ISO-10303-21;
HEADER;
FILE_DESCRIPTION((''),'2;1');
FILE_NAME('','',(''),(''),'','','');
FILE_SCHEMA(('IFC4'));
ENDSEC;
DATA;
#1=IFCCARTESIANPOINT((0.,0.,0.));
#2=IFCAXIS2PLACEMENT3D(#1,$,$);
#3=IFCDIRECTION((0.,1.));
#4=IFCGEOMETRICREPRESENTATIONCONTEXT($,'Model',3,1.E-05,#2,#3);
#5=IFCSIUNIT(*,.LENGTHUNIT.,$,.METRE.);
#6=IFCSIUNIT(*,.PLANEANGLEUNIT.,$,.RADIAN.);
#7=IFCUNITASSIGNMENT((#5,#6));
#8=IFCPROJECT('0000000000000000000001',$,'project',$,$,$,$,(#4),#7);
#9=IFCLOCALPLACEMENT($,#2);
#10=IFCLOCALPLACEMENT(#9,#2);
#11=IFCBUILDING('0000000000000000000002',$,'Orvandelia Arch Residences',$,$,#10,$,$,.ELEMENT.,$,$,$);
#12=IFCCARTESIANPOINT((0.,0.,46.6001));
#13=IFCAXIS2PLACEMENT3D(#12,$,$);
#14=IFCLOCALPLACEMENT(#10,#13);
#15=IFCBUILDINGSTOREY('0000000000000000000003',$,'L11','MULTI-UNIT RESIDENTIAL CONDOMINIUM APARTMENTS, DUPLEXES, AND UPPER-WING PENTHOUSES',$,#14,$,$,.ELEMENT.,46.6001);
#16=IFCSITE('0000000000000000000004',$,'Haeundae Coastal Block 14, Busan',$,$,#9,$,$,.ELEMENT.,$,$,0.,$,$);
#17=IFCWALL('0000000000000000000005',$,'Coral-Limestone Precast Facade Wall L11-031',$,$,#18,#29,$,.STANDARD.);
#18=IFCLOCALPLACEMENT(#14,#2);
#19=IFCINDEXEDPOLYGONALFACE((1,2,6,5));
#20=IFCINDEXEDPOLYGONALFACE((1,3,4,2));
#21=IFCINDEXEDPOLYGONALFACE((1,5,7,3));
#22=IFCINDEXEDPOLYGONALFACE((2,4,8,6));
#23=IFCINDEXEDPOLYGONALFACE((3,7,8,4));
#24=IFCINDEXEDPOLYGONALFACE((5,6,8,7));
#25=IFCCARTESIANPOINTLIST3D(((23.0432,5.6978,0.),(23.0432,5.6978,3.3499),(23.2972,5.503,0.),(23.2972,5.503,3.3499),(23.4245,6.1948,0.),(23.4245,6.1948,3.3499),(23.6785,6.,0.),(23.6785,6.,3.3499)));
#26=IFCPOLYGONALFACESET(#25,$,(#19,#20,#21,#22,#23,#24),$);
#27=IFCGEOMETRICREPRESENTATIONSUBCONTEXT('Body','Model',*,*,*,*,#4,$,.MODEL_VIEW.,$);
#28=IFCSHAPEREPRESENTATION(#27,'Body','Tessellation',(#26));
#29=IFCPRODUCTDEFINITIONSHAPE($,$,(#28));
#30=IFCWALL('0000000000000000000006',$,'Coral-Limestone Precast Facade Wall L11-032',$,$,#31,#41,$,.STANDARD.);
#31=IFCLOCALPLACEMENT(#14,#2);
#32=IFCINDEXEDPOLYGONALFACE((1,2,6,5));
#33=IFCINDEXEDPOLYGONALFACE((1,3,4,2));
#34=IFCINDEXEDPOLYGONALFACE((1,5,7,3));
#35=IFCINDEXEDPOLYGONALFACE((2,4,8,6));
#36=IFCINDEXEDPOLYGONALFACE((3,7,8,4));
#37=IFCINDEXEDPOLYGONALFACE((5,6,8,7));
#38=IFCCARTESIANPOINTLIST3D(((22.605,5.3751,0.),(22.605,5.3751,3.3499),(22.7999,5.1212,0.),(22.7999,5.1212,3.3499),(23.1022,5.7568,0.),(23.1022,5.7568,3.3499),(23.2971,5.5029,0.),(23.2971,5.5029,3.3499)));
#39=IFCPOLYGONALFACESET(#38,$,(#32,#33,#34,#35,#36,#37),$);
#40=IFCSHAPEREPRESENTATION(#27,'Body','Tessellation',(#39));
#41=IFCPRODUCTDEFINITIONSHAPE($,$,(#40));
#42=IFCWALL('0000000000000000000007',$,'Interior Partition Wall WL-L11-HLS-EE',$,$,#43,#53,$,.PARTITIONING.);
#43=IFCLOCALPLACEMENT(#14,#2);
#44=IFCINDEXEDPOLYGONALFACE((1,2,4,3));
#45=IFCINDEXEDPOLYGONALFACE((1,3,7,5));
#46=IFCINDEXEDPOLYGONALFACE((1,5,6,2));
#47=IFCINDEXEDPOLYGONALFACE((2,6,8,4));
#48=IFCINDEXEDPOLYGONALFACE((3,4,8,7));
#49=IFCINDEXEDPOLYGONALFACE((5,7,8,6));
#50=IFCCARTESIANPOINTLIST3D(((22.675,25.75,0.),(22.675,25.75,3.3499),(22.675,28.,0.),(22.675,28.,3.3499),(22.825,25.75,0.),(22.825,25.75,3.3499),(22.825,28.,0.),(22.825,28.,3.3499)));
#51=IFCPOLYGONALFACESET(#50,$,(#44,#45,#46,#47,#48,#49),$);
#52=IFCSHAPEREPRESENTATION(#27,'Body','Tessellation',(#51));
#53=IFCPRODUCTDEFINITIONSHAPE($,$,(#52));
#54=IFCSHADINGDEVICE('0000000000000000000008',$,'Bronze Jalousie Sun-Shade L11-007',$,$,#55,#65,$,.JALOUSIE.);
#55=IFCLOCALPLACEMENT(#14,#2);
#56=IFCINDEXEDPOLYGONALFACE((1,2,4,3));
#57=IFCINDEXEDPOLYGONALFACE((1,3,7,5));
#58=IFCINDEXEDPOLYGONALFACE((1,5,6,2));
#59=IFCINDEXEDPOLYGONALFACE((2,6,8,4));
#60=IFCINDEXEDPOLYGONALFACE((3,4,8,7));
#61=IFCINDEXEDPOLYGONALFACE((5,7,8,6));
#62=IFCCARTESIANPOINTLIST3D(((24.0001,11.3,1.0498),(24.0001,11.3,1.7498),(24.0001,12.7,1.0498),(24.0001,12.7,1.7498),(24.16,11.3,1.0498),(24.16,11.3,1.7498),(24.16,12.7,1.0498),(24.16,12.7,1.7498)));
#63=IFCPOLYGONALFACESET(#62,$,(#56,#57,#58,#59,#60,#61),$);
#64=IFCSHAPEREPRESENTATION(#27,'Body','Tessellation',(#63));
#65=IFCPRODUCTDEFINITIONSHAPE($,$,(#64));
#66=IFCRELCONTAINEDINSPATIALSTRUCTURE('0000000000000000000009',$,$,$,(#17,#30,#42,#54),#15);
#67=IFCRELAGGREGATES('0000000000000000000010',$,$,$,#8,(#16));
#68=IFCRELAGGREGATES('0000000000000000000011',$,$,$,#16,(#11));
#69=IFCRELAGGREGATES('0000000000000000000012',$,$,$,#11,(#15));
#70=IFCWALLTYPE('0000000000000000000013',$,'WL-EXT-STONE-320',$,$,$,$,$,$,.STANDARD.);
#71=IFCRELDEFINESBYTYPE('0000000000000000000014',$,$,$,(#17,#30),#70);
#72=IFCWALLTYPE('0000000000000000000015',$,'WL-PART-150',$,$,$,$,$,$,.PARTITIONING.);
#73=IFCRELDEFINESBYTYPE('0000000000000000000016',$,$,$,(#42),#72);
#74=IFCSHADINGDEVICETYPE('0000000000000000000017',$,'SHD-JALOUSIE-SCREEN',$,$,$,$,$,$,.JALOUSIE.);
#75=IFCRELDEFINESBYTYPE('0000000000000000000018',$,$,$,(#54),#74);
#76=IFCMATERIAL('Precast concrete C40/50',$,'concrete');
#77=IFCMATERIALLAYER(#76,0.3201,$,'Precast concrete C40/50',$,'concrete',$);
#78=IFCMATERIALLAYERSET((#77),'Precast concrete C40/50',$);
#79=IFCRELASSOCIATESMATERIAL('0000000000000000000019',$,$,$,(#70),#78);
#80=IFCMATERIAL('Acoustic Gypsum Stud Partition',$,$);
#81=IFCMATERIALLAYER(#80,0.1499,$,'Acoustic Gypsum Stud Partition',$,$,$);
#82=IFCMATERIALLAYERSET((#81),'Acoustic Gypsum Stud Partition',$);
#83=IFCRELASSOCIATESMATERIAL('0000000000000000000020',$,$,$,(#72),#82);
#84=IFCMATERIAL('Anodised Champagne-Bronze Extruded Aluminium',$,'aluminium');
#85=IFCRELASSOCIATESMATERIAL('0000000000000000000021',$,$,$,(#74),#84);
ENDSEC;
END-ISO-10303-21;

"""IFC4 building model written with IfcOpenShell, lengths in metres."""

from ifc_helpers import new_model, si_unit, direction, frame, frame_2d, origin, origin_2d, place, context, subcontext, project, spatial, rectangle, extrude, material, layer, layer_set, type_object, element, save


model = new_model("IFC4")

# Units and contexts
model_context = context("Model", 3, precision=1e-05, world=origin(), true_north=direction((0.0, 1.0)))
body_context = subcontext(model_context, "Body", "Model", "MODEL_VIEW")
ifc_project = project(units=[si_unit("LENGTHUNIT", "METRE"), si_unit("PLANEANGLEUNIT", "RADIAN")], contexts=[model_context])

# Site, building, storey
site_placement = place(None, origin())
site = spatial("IfcSite", under=ifc_project, at=site_placement, Name="Haeundae Coastal Block 14, Busan", CompositionType="ELEMENT", RefElevation=0.0)
building_placement = place(site_placement, origin())
building = spatial("IfcBuilding", under=site, at=building_placement, Name="Orvandelia Arch Residences", CompositionType="ELEMENT")
storey_placement = place(building_placement, frame((0.0, 0.0, 46.6001)))
storey = spatial("IfcBuildingStorey", under=building, at=storey_placement, Name="L11", Description="MULTI-UNIT RESIDENTIAL CONDOMINIUM APARTMENTS, DUPLEXES, AND UPPER-WING PENTHOUSES", CompositionType="ELEMENT", Elevation=46.6001)

# Shared definitions
ifc_material_1 = material(Name="Precast concrete C40/50", Category="concrete")
ifc_layer_1 = layer(ifc_material_1, 0.3201, Name="Precast concrete C40/50", Category="concrete")
ifc_layer_set_1 = layer_set([ifc_layer_1], Name="Precast concrete C40/50")
wall_type_1 = type_object("IfcWallType", Name="WL-EXT-STONE-320", PredefinedType="STANDARD", material=ifc_layer_set_1)

# Walls
wall_1_placement = place(storey_placement, frame((23.5515, 6.0974, 0.0), z_axis=(0.0, 0.0, 1.0), x_axis=(-0.608693, -0.793406, 0.0)))
element("IfcWall", 1, at=wall_1_placement, inside=storey, type_object=wall_type_1, Name="Coral-Limestone Precast Facade Wall L11-031", PredefinedType="STANDARD", context=body_context, shape_type="SweptSolid", body=[
    extrude(rectangle(XDim=0.6265, YDim=0.3201, at=frame_2d((0.3132, 0.0))), origin(), (0.0, 0.0, 1.0), 3.3499),
])
wall_2_placement = place(storey_placement, frame((23.1997, 5.6299, 0.0), z_axis=(0.0, 0.0, 1.0), x_axis=(-0.793217, -0.608939, 0.0)))
element("IfcWall", 2, at=wall_2_placement, inside=storey, type_object=wall_type_1, Name="Coral-Limestone Precast Facade Wall L11-032", PredefinedType="STANDARD", context=body_context, shape_type="SweptSolid", body=[
    extrude(rectangle(XDim=0.6267, YDim=0.3201, at=frame_2d((0.3135, 0.0))), origin(), (0.0, 0.0, 1.0), 3.3499),
])
ifc_material_2 = material(Name="Acoustic Gypsum Stud Partition")
ifc_layer_2 = layer(ifc_material_2, 0.1499, Name="Acoustic Gypsum Stud Partition")
ifc_layer_set_2 = layer_set([ifc_layer_2], Name="Acoustic Gypsum Stud Partition")
wall_type_2 = type_object("IfcWallType", Name="WL-PART-150", PredefinedType="PARTITIONING", material=ifc_layer_set_2)
wall_3_placement = place(storey_placement, frame((22.75, 25.75, 0.0), z_axis=(0.0, 0.0, 1.0), x_axis=(0.0, 1.0, 0.0)))
element("IfcWall", 3, at=wall_3_placement, inside=storey, type_object=wall_type_2, Name="Interior Partition Wall WL-L11-HLS-EE", PredefinedType="PARTITIONING", context=body_context, shape_type="SweptSolid", body=[
    extrude(rectangle(XDim=2.25, YDim=0.1499, at=frame_2d((1.125, 0.0))), origin(), (0.0, 0.0, 1.0), 3.3499),
])

# Shading device
ifc_material_3 = material(Name="Anodised Champagne-Bronze Extruded Aluminium", Category="aluminium")
shading_device_type = type_object("IfcShadingDeviceType", Name="SHD-JALOUSIE-SCREEN", PredefinedType="JALOUSIE", material=ifc_material_3)
shading_device_placement = place(storey_placement, frame((24.0801, 12.0, 1.0498), z_axis=(0.0, 0.0, 1.0), x_axis=(0.0, -1.0, 0.0)))
element("IfcShadingDevice", 4, at=shading_device_placement, inside=storey, type_object=shading_device_type, Name="Bronze Jalousie Sun-Shade L11-007", PredefinedType="JALOUSIE", context=body_context, shape_type="SweptSolid", body=[
    extrude(rectangle(XDim=1.3999, YDim=0.1599, at=origin_2d()), origin(), (0.0, 0.0, 1.0), 0.7),
])

save(model, "model.ifc")
